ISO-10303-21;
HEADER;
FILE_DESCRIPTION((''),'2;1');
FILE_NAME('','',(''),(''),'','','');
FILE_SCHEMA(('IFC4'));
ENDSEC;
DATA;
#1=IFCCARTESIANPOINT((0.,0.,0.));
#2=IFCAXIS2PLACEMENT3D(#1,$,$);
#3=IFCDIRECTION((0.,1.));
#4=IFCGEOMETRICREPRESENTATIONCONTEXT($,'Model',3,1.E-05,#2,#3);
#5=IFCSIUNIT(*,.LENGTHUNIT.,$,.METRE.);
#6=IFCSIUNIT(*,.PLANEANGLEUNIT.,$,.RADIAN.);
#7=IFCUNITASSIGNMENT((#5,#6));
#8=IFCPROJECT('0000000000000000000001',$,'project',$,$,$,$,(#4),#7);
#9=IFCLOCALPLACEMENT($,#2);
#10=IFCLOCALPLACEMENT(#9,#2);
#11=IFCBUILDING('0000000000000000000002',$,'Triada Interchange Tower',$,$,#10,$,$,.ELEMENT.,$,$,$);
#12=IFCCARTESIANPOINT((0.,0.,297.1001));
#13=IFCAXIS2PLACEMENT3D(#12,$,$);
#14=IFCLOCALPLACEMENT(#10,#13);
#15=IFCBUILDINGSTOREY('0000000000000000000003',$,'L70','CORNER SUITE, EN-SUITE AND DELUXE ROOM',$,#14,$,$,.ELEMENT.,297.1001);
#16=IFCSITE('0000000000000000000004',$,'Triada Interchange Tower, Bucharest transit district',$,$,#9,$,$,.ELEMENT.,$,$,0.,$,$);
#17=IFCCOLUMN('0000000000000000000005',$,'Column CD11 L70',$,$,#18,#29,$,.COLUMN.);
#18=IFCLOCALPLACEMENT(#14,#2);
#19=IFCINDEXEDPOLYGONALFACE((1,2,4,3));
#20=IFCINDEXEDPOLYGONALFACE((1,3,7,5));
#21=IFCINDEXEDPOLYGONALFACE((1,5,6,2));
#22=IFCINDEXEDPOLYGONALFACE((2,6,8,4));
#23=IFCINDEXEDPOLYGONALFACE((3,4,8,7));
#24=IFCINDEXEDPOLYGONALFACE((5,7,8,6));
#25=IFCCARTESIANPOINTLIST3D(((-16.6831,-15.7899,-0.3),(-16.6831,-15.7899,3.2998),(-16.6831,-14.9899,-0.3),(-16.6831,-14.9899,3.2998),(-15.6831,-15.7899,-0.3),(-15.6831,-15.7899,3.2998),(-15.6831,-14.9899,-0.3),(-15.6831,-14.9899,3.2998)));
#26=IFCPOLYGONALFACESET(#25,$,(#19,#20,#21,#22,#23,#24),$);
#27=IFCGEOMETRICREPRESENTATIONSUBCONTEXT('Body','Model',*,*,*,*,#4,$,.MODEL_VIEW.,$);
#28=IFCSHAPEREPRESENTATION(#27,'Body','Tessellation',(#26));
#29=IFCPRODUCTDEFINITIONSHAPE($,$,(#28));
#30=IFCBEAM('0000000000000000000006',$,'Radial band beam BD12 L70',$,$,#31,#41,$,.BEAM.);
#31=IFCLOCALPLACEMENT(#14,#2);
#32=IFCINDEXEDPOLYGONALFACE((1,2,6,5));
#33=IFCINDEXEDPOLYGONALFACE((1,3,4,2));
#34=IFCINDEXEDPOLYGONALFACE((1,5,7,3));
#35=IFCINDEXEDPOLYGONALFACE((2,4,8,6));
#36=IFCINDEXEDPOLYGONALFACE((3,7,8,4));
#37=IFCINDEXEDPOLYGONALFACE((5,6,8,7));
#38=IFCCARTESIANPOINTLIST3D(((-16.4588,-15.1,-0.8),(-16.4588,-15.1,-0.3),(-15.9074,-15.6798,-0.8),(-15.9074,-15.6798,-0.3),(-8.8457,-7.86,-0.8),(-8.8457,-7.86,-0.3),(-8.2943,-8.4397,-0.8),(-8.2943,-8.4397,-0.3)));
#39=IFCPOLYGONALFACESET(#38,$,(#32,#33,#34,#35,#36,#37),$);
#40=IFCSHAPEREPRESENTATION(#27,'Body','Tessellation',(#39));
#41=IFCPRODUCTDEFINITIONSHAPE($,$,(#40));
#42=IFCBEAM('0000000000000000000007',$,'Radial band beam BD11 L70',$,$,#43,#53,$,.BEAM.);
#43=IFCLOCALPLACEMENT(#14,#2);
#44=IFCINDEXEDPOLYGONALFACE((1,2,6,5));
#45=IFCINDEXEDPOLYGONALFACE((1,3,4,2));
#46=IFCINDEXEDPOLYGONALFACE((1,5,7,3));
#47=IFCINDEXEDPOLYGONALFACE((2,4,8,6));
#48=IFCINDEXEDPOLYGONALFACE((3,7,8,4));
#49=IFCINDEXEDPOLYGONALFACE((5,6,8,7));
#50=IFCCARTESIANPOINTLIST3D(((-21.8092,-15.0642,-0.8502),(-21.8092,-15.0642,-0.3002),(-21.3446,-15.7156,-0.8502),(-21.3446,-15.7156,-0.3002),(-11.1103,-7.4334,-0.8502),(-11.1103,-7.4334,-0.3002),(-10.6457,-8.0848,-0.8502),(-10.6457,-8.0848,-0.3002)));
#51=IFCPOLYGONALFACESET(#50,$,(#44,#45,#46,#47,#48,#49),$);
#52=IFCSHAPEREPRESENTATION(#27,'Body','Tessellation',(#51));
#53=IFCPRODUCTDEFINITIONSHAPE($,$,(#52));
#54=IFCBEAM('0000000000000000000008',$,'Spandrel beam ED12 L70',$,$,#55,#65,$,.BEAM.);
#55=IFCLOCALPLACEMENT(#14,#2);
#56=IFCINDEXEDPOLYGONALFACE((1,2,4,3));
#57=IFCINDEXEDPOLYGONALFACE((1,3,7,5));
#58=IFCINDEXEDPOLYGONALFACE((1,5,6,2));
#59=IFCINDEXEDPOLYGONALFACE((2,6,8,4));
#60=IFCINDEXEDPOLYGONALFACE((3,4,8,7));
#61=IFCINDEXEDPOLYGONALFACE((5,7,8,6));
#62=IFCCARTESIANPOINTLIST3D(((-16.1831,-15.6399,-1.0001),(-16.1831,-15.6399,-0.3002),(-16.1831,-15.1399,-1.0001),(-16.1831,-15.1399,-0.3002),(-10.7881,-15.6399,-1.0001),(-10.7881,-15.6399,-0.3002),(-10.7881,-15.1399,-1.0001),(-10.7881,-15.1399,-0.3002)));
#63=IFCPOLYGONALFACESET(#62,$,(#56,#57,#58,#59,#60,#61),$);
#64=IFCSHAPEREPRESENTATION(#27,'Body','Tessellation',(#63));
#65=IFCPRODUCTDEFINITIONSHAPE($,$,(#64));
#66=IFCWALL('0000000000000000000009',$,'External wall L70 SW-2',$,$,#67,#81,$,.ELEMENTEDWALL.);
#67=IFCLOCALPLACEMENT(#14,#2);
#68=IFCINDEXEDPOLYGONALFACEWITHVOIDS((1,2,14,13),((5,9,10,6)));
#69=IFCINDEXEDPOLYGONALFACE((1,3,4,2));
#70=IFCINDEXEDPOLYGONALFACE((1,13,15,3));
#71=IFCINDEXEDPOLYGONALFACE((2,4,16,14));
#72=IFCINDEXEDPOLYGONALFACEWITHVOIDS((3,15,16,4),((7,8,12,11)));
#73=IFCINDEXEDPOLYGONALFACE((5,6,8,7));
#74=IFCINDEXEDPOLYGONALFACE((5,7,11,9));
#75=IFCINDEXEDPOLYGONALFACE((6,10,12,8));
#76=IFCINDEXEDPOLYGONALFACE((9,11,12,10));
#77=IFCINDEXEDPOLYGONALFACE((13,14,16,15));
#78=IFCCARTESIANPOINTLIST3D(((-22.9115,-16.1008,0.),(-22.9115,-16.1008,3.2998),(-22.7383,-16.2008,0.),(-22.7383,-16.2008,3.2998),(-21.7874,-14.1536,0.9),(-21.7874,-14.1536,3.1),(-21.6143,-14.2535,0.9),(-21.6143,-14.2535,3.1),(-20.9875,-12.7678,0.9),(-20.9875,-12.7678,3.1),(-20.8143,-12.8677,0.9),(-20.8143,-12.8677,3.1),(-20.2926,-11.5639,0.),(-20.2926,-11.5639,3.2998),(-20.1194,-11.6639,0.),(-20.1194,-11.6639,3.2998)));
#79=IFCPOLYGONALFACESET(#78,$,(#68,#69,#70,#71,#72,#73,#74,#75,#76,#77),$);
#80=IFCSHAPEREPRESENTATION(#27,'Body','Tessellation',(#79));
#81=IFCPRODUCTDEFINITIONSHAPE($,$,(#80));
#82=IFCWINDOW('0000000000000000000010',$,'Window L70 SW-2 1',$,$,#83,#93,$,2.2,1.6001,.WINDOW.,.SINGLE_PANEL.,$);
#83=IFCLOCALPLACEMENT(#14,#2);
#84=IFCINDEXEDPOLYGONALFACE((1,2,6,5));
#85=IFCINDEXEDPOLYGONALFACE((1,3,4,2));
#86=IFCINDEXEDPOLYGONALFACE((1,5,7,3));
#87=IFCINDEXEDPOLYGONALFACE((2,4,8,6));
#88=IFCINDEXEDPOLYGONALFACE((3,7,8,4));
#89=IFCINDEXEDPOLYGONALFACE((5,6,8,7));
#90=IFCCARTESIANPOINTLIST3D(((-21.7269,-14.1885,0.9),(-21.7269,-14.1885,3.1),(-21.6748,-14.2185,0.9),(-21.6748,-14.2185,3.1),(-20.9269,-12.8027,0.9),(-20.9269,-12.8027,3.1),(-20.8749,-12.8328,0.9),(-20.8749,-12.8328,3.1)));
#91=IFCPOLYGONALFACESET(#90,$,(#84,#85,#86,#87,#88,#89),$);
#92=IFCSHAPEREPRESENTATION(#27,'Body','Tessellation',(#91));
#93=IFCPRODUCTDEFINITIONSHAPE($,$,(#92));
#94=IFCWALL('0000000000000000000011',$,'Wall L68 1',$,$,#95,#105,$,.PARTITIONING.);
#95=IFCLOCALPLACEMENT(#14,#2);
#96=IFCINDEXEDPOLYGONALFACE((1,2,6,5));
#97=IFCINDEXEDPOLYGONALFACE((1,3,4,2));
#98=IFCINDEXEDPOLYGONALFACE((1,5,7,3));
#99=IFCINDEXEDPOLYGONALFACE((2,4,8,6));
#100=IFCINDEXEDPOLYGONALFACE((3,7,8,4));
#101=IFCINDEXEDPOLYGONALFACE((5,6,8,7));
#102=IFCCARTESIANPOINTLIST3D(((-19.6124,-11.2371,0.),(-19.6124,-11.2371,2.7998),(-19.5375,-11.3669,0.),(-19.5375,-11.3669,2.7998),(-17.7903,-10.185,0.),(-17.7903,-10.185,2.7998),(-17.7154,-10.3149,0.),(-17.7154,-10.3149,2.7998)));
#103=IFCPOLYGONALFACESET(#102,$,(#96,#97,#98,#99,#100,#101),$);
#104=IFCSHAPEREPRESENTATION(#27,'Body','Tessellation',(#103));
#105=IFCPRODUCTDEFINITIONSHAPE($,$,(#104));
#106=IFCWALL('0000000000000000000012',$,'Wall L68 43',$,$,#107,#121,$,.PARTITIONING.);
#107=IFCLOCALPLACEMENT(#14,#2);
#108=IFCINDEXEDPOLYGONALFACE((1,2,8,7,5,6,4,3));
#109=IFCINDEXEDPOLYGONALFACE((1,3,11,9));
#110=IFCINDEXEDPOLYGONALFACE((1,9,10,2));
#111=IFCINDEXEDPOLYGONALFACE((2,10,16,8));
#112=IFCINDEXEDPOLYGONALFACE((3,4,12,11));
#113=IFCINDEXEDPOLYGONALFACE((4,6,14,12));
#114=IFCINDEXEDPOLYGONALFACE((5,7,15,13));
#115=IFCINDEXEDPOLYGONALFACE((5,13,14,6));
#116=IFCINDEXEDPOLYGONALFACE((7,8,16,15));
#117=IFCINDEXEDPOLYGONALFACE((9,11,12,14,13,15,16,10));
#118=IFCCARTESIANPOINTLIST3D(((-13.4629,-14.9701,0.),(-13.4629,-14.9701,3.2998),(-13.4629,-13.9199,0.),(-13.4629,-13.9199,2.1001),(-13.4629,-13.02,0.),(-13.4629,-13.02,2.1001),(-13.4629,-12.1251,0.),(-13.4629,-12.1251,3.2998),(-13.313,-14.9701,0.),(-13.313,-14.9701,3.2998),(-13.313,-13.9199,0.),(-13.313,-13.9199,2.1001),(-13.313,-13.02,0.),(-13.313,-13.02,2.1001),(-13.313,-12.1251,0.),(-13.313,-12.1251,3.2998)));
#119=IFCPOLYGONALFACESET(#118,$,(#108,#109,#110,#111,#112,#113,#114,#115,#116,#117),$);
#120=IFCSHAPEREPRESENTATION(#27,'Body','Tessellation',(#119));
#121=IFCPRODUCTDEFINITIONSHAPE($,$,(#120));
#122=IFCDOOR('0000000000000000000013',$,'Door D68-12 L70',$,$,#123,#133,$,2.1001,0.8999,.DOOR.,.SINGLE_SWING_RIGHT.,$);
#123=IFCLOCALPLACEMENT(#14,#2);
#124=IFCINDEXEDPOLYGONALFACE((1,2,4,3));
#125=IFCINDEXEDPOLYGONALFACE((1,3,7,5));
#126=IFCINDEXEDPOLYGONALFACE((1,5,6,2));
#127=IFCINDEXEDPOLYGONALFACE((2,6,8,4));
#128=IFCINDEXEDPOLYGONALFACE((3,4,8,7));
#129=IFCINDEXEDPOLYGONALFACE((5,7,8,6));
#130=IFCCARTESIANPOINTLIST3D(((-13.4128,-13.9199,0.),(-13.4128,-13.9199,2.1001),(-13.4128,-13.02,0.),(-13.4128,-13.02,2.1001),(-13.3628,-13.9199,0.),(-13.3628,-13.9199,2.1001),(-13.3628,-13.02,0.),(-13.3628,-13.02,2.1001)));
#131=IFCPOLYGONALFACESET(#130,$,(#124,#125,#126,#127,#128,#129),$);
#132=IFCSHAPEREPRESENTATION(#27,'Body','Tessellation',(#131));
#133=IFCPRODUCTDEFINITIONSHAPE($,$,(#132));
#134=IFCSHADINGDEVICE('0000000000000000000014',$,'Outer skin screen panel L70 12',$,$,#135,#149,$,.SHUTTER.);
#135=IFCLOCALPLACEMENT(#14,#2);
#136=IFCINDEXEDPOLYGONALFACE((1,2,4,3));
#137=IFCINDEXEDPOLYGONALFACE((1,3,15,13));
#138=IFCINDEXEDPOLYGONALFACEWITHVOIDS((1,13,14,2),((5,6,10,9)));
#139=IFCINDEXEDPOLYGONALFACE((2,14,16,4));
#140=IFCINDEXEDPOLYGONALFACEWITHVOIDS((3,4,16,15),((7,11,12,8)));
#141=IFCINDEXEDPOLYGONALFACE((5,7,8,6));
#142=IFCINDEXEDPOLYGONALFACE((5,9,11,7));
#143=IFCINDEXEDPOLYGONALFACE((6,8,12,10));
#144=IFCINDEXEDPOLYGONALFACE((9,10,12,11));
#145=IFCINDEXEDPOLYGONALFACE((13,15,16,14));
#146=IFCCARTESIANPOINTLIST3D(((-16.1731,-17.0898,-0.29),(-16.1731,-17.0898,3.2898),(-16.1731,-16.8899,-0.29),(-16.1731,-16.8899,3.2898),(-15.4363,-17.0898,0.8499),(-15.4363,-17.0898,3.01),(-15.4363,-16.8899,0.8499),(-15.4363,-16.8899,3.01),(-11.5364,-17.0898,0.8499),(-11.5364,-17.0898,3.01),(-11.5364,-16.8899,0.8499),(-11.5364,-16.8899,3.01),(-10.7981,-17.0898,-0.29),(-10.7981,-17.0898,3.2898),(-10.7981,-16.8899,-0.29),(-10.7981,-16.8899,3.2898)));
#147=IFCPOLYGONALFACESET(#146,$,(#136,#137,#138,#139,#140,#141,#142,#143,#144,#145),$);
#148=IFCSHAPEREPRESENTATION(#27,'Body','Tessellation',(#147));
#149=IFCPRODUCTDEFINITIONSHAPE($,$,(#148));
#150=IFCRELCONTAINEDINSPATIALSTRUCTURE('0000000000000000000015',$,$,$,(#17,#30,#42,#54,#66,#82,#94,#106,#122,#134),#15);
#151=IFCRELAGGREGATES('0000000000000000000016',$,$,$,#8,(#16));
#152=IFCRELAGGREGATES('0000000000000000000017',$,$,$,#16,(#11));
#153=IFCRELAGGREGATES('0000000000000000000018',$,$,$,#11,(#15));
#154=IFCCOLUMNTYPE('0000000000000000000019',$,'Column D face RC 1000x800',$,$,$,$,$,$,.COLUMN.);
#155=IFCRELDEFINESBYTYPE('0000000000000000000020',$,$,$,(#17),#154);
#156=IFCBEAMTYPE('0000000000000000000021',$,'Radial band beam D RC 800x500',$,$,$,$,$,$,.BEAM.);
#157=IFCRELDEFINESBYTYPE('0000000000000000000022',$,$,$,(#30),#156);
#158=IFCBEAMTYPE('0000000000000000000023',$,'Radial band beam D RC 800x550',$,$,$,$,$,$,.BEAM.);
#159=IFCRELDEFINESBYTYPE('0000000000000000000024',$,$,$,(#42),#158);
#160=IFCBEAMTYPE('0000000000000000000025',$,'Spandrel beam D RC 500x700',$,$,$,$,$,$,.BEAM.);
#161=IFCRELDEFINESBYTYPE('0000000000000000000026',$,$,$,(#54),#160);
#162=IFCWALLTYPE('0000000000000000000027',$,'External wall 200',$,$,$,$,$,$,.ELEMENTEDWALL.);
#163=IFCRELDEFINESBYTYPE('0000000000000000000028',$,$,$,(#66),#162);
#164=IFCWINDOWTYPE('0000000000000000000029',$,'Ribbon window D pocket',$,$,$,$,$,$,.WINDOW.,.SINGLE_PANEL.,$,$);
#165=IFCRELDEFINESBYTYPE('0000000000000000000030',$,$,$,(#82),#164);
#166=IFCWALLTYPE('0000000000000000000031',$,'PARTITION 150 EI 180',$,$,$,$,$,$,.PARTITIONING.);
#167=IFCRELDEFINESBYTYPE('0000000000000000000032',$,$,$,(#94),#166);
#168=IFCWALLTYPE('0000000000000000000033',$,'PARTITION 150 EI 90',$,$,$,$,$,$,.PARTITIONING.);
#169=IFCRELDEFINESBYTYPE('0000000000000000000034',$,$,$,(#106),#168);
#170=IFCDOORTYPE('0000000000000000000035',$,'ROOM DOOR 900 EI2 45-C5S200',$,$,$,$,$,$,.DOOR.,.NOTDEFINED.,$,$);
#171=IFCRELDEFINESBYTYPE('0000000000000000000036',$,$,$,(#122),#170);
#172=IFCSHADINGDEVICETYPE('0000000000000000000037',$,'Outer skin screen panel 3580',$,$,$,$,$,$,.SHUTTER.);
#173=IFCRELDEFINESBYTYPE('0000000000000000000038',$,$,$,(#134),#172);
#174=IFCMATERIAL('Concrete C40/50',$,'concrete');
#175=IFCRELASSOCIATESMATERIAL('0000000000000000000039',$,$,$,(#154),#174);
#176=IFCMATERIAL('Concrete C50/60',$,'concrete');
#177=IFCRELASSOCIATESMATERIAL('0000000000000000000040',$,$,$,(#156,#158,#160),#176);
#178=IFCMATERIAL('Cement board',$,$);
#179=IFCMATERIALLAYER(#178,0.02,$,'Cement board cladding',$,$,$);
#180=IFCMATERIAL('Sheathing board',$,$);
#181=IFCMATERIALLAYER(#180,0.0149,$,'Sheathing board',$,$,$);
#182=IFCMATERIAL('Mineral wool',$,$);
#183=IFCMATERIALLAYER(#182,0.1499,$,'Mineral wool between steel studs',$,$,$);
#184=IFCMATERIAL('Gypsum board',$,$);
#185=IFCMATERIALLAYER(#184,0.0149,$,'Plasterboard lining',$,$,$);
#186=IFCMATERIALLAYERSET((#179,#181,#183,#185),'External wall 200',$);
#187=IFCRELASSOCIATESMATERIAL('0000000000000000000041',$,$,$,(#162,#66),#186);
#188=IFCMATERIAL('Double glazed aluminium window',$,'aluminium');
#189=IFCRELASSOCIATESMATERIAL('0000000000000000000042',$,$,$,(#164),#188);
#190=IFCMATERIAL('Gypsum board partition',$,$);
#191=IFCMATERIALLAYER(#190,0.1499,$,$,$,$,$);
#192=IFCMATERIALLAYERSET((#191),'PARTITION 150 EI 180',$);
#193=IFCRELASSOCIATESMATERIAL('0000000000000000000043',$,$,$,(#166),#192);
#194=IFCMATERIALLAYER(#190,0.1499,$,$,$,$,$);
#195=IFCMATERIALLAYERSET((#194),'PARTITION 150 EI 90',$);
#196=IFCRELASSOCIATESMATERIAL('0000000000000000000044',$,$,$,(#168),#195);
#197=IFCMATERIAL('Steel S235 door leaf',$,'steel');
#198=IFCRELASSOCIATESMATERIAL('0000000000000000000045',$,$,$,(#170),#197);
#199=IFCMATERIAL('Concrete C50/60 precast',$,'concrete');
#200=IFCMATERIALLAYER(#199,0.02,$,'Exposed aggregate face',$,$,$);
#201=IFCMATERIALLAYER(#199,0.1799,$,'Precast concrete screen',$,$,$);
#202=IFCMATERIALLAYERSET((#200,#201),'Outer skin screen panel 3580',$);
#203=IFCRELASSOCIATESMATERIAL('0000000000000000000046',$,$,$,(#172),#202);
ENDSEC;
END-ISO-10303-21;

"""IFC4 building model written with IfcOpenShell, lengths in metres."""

from ifc_helpers import new_model, si_unit, direction, frame, frame_2d, origin, origin_2d, place, context, subcontext, project, spatial, polyline, rectangle, outline, extrude, material, layer, layer_set, layer_usage, material_profile, profile_set, type_object, element, fill, save


model = new_model("IFC4")

# Units and contexts
model_context = context("Model", 3, precision=1e-05, world=origin(), true_north=direction((0.0, 1.0)))
body_context = subcontext(model_context, "Body", "Model", "MODEL_VIEW")
ifc_project = project(units=[si_unit("LENGTHUNIT", "METRE"), si_unit("PLANEANGLEUNIT", "RADIAN")], contexts=[model_context])

# Site, building, storey
site_placement = place(None, origin())
site = spatial("IfcSite", under=ifc_project, at=site_placement, Name="Triada Interchange Tower, Bucharest transit district", CompositionType="ELEMENT", RefElevation=0.0)
building_placement = place(site_placement, origin())
building = spatial("IfcBuilding", under=site, at=building_placement, Name="Triada Interchange Tower", CompositionType="ELEMENT")
storey_placement = place(building_placement, frame((0.0, 0.0, 297.1001)))
storey = spatial("IfcBuildingStorey", under=building, at=storey_placement, Name="L70", Description="CORNER SUITE, EN-SUITE AND DELUXE ROOM", CompositionType="ELEMENT", Elevation=297.1001)

# Column
ifc_material_1 = material(Name="Concrete C40/50", Category="concrete")
ifc_material_profile_1 = material_profile(ifc_material_1, rectangle(XDim=1.0, YDim=0.8, at=origin_2d()), Name="RC 1000x800")
ifc_profile_set_1 = profile_set([ifc_material_profile_1], Name="Concrete C40/50")
column_type = type_object("IfcColumnType", Name="Column D face RC 1000x800", PredefinedType="COLUMN", material=ifc_profile_set_1)
column_placement = place(storey_placement, frame((-16.1831, -15.3899, -0.3), z_axis=(0.0, 0.0, 1.0), x_axis=(1.0, 0.0, 0.0)))
element("IfcColumn", 1, at=column_placement, inside=storey, type_object=column_type, Name="Column CD11 L70", PredefinedType="COLUMN", context=body_context, shape_type="SweptSolid", body=[
    extrude(rectangle(XDim=1.0, YDim=0.8, at=origin_2d()), origin(), (0.0, 0.0, 1.0), 3.5999),
])

# Beams
ifc_material_2 = material(Name="Concrete C50/60", Category="concrete")
ifc_material_profile_2 = material_profile(ifc_material_2, rectangle(XDim=0.8, YDim=0.5, at=origin_2d()), Name="RC 800x500")
ifc_profile_set_2 = profile_set([ifc_material_profile_2], Name="Concrete C50/60")
beam_type_1 = type_object("IfcBeamType", Name="Radial band beam D RC 800x500", PredefinedType="BEAM", material=ifc_profile_set_2)
beam_1_placement = place(storey_placement, frame((-16.1831, -15.3899, -0.55), z_axis=(0.724638, 0.68913, 0.0), x_axis=(-0.68913, 0.724638, 0.0)))
element("IfcBeam", 2, at=beam_1_placement, inside=storey, type_object=beam_type_1, Name="Radial band beam BD12 L70", PredefinedType="BEAM", context=body_context, shape_type="SweptSolid", body=[
    extrude(rectangle(XDim=0.8, YDim=0.5, at=origin_2d()), origin(), (0.0, 0.0, 1.0), 10.5061),
])
ifc_material_profile_3 = material_profile(ifc_material_2, rectangle(XDim=0.8, YDim=0.55, at=origin_2d()), Name="RC 800x550")
ifc_profile_set_3 = profile_set([ifc_material_profile_3], Name="Concrete C50/60")
beam_type_2 = type_object("IfcBeamType", Name="Radial band beam D RC 800x550", PredefinedType="BEAM", material=ifc_profile_set_3)
beam_2_placement = place(storey_placement, frame((-21.5769, -15.3899, -0.5752), z_axis=(0.814139, 0.58067, 0.0), x_axis=(-0.58067, 0.814139, 0.0)))
element("IfcBeam", 3, at=beam_2_placement, inside=storey, type_object=beam_type_2, Name="Radial band beam BD11 L70", PredefinedType="BEAM", context=body_context, shape_type="SweptSolid", body=[
    extrude(rectangle(XDim=0.8, YDim=0.55, at=origin_2d()), origin(), (0.0, 0.0, 1.0), 13.1414),
])
ifc_material_profile_4 = material_profile(ifc_material_2, rectangle(XDim=0.5, YDim=0.7, at=origin_2d()), Name="RC 500x700")
ifc_profile_set_4 = profile_set([ifc_material_profile_4], Name="Concrete C50/60")
beam_type_3 = type_object("IfcBeamType", Name="Spandrel beam D RC 500x700", PredefinedType="BEAM", material=ifc_profile_set_4)
beam_3_placement = place(storey_placement, frame((-16.1831, -15.3899, -0.6501), z_axis=(1.0, 0.0, 0.0), x_axis=(0.0, 1.0, 0.0)))
element("IfcBeam", 4, at=beam_3_placement, inside=storey, type_object=beam_type_3, Name="Spandrel beam ED12 L70", PredefinedType="BEAM", context=body_context, shape_type="SweptSolid", body=[
    extrude(rectangle(XDim=0.5, YDim=0.7, at=origin_2d()), origin(), (0.0, 0.0, 1.0), 5.395),
])

# Wall, opening, window
ifc_material_3 = material(Name="Cement board")
ifc_layer_1 = layer(ifc_material_3, 0.02, Name="Cement board cladding")
ifc_material_4 = material(Name="Sheathing board")
ifc_layer_2 = layer(ifc_material_4, 0.0149, Name="Sheathing board")
ifc_material_5 = material(Name="Mineral wool")
ifc_layer_3 = layer(ifc_material_5, 0.1499, Name="Mineral wool between steel studs")
ifc_material_6 = material(Name="Gypsum board")
ifc_layer_4 = layer(ifc_material_6, 0.0149, Name="Plasterboard lining")
ifc_layer_set_1 = layer_set([ifc_layer_1, ifc_layer_2, ifc_layer_3, ifc_layer_4], Name="External wall 200")
ifc_layer_usage = layer_usage(ifc_layer_set_1, "AXIS2", "POSITIVE", -0.1001)
wall_type_1 = type_object("IfcWallType", Name="External wall 200", PredefinedType="ELEMENTEDWALL", material=ifc_layer_set_1)
wall_1_placement = place(storey_placement, frame((-20.2061, -11.614, 0.0), z_axis=(0.0, 0.0, 1.0), x_axis=(-0.499934, -0.866064, 0.0)))
wall_1 = element("IfcWall", 5, at=wall_1_placement, inside=storey, type_object=wall_type_1, material=ifc_layer_usage, Name="External wall L70 SW-2", PredefinedType="ELEMENTEDWALL", context=body_context, shape_type="SweptSolid", body=[
    extrude(rectangle(XDim=5.2385, YDim=0.2, at=frame_2d((2.6191, 0.0))), origin(), (0.0, 0.0, 1.0), 3.2998),
])
opening_1_placement = place(wall_1_placement, frame((1.3899, 0.0, 0.8999)))
opening_1 = element("IfcOpeningElement", 6, at=opening_1_placement, cuts=wall_1, PredefinedType="OPENING", context=body_context, shape_type="SweptSolid", body=[
    extrude(rectangle(XDim=1.6001, YDim=2.2, at=frame_2d((0.8, 1.1001))), frame((0.0, 0.1099, 0.0), z_axis=(0.0, -1.0, 0.0), x_axis=(1.0, 0.0, 0.0)), (0.0, 0.0, 1.0), 0.22),
])
ifc_material_7 = material(Name="Double glazed aluminium window", Category="aluminium")
window_type = type_object("IfcWindowType", Name="Ribbon window D pocket", PartitioningType="SINGLE_PANEL", PredefinedType="WINDOW", material=ifc_material_7)
window_placement = place(opening_1_placement, origin())
window = element("IfcWindow", 7, at=window_placement, inside=storey, type_object=window_type, Name="Window L70 SW-2 1", OverallHeight=2.2, OverallWidth=1.6001, PartitioningType="SINGLE_PANEL", PredefinedType="WINDOW", context=body_context, shape_type="SweptSolid", body=[
    extrude(rectangle(XDim=1.6001, YDim=2.2, at=frame_2d((0.8, 1.1001))), frame((0.0, 0.03, 0.0), z_axis=(0.0, -1.0, 0.0), x_axis=(1.0, 0.0, 0.0)), (0.0, 0.0, 1.0), 0.0601),
])
fill(opening_1, window)

# Wall
ifc_material_8 = material(Name="Gypsum board partition")
ifc_layer_5 = layer(ifc_material_8, 0.1499)
ifc_layer_set_2 = layer_set([ifc_layer_5], Name="PARTITION 150 EI 180")
wall_type_2 = type_object("IfcWallType", Name="PARTITION 150 EI 180", PredefinedType="PARTITIONING", material=ifc_layer_set_2)
wall_2_placement = place(storey_placement, frame((-19.575, -11.302, 0.0), z_axis=(0.0, 0.0, 1.0), x_axis=(0.866014, 0.50002, 0.0)))
element("IfcWall", 8, at=wall_2_placement, inside=storey, type_object=wall_type_2, Name="Wall L68 1", PredefinedType="PARTITIONING", context=body_context, shape_type="SweptSolid", body=[
    extrude(rectangle(XDim=2.104, YDim=0.1499, at=frame_2d((1.052, 0.0))), origin(), (0.0, 0.0, 1.0), 2.7998),
])

# Wall, opening, door
ifc_layer_6 = layer(ifc_material_8, 0.1499)
ifc_layer_set_3 = layer_set([ifc_layer_6], Name="PARTITION 150 EI 90")
wall_type_3 = type_object("IfcWallType", Name="PARTITION 150 EI 90", PredefinedType="PARTITIONING", material=ifc_layer_set_3)
wall_3_placement = place(storey_placement, frame((-13.3879, -14.97, 0.0), z_axis=(0.0, 0.0, 1.0), x_axis=(0.0, 1.0, 0.0)))
wall_3 = element("IfcWall", 9, at=wall_3_placement, inside=storey, type_object=wall_type_3, Name="Wall L68 43", PredefinedType="PARTITIONING", context=body_context, shape_type="SweptSolid", body=[
    extrude(rectangle(XDim=2.845, YDim=0.1499, at=frame_2d((1.4224, 0.0))), origin(), (0.0, 0.0, 1.0), 3.2998),
])
opening_2_placement = place(wall_3_placement, frame((1.05, 0.0, 0.0)))
opening_2 = element("IfcOpeningElement", 10, at=opening_2_placement, cuts=wall_3, PredefinedType="OPENING", context=body_context, shape_type="SweptSolid", body=[
    extrude(rectangle(XDim=0.8999, YDim=2.1001, at=frame_2d((0.45, 1.05))), frame((0.0, 0.085, 0.0), z_axis=(0.0, -1.0, 0.0), x_axis=(1.0, 0.0, 0.0)), (0.0, 0.0, 1.0), 0.1699),
])
ifc_material_9 = material(Name="Steel S235 door leaf", Category="steel")
door_type = type_object("IfcDoorType", Name="ROOM DOOR 900 EI2 45-C5S200", OperationType="NOTDEFINED", PredefinedType="DOOR", material=ifc_material_9)
door_placement = place(opening_2_placement, origin())
door = element("IfcDoor", 11, at=door_placement, inside=storey, type_object=door_type, Name="Door D68-12 L70", OperationType="SINGLE_SWING_RIGHT", OverallHeight=2.1001, OverallWidth=0.8999, PredefinedType="DOOR", context=body_context, shape_type="SweptSolid", body=[
    extrude(rectangle(XDim=0.8999, YDim=2.1001, at=frame_2d((0.45, 1.05))), frame((0.0, 0.0249, 0.0), z_axis=(0.0, -1.0, 0.0), x_axis=(1.0, 0.0, 0.0)), (0.0, 0.0, 1.0), 0.05),
])
fill(opening_2, door)

# Shading device
ifc_material_10 = material(Name="Concrete C50/60 precast", Category="concrete")
ifc_layer_7 = layer(ifc_material_10, 0.02, Name="Exposed aggregate face")
ifc_layer_8 = layer(ifc_material_10, 0.1799, Name="Precast concrete screen")
ifc_layer_set_4 = layer_set([ifc_layer_7, ifc_layer_8], Name="Outer skin screen panel 3580")
shading_device_type = type_object("IfcShadingDeviceType", Name="Outer skin screen panel 3580", PredefinedType="SHUTTER", material=ifc_layer_set_4)
shading_device_placement = place(storey_placement, frame((-16.1731, -16.8899, -0.29), z_axis=(0.0, 0.0, 1.0), x_axis=(1.0, 0.0, 0.0)))
element("IfcShadingDevice", 12, at=shading_device_placement, inside=storey, type_object=shading_device_type, Name="Outer skin screen panel L70 12", PredefinedType="SHUTTER", context=body_context, shape_type="SweptSolid", body=[
    extrude(outline(polyline([(0.0, 0.0), (5.375, 0.0), (5.375, 3.5798), (0.0, 3.5798), (0.0, 0.0)]), holes=[polyline([(0.7368, 1.1399), (0.7368, 3.3), (4.6367, 3.3), (4.6367, 1.1399), (0.7368, 1.1399)])]), frame((0.0, 0.0, 0.0), z_axis=(0.0, -1.0, 0.0), x_axis=(1.0, 0.0, 0.0)), (0.0, 0.0, 1.0), 0.2),
])

save(model, "model.ifc")
